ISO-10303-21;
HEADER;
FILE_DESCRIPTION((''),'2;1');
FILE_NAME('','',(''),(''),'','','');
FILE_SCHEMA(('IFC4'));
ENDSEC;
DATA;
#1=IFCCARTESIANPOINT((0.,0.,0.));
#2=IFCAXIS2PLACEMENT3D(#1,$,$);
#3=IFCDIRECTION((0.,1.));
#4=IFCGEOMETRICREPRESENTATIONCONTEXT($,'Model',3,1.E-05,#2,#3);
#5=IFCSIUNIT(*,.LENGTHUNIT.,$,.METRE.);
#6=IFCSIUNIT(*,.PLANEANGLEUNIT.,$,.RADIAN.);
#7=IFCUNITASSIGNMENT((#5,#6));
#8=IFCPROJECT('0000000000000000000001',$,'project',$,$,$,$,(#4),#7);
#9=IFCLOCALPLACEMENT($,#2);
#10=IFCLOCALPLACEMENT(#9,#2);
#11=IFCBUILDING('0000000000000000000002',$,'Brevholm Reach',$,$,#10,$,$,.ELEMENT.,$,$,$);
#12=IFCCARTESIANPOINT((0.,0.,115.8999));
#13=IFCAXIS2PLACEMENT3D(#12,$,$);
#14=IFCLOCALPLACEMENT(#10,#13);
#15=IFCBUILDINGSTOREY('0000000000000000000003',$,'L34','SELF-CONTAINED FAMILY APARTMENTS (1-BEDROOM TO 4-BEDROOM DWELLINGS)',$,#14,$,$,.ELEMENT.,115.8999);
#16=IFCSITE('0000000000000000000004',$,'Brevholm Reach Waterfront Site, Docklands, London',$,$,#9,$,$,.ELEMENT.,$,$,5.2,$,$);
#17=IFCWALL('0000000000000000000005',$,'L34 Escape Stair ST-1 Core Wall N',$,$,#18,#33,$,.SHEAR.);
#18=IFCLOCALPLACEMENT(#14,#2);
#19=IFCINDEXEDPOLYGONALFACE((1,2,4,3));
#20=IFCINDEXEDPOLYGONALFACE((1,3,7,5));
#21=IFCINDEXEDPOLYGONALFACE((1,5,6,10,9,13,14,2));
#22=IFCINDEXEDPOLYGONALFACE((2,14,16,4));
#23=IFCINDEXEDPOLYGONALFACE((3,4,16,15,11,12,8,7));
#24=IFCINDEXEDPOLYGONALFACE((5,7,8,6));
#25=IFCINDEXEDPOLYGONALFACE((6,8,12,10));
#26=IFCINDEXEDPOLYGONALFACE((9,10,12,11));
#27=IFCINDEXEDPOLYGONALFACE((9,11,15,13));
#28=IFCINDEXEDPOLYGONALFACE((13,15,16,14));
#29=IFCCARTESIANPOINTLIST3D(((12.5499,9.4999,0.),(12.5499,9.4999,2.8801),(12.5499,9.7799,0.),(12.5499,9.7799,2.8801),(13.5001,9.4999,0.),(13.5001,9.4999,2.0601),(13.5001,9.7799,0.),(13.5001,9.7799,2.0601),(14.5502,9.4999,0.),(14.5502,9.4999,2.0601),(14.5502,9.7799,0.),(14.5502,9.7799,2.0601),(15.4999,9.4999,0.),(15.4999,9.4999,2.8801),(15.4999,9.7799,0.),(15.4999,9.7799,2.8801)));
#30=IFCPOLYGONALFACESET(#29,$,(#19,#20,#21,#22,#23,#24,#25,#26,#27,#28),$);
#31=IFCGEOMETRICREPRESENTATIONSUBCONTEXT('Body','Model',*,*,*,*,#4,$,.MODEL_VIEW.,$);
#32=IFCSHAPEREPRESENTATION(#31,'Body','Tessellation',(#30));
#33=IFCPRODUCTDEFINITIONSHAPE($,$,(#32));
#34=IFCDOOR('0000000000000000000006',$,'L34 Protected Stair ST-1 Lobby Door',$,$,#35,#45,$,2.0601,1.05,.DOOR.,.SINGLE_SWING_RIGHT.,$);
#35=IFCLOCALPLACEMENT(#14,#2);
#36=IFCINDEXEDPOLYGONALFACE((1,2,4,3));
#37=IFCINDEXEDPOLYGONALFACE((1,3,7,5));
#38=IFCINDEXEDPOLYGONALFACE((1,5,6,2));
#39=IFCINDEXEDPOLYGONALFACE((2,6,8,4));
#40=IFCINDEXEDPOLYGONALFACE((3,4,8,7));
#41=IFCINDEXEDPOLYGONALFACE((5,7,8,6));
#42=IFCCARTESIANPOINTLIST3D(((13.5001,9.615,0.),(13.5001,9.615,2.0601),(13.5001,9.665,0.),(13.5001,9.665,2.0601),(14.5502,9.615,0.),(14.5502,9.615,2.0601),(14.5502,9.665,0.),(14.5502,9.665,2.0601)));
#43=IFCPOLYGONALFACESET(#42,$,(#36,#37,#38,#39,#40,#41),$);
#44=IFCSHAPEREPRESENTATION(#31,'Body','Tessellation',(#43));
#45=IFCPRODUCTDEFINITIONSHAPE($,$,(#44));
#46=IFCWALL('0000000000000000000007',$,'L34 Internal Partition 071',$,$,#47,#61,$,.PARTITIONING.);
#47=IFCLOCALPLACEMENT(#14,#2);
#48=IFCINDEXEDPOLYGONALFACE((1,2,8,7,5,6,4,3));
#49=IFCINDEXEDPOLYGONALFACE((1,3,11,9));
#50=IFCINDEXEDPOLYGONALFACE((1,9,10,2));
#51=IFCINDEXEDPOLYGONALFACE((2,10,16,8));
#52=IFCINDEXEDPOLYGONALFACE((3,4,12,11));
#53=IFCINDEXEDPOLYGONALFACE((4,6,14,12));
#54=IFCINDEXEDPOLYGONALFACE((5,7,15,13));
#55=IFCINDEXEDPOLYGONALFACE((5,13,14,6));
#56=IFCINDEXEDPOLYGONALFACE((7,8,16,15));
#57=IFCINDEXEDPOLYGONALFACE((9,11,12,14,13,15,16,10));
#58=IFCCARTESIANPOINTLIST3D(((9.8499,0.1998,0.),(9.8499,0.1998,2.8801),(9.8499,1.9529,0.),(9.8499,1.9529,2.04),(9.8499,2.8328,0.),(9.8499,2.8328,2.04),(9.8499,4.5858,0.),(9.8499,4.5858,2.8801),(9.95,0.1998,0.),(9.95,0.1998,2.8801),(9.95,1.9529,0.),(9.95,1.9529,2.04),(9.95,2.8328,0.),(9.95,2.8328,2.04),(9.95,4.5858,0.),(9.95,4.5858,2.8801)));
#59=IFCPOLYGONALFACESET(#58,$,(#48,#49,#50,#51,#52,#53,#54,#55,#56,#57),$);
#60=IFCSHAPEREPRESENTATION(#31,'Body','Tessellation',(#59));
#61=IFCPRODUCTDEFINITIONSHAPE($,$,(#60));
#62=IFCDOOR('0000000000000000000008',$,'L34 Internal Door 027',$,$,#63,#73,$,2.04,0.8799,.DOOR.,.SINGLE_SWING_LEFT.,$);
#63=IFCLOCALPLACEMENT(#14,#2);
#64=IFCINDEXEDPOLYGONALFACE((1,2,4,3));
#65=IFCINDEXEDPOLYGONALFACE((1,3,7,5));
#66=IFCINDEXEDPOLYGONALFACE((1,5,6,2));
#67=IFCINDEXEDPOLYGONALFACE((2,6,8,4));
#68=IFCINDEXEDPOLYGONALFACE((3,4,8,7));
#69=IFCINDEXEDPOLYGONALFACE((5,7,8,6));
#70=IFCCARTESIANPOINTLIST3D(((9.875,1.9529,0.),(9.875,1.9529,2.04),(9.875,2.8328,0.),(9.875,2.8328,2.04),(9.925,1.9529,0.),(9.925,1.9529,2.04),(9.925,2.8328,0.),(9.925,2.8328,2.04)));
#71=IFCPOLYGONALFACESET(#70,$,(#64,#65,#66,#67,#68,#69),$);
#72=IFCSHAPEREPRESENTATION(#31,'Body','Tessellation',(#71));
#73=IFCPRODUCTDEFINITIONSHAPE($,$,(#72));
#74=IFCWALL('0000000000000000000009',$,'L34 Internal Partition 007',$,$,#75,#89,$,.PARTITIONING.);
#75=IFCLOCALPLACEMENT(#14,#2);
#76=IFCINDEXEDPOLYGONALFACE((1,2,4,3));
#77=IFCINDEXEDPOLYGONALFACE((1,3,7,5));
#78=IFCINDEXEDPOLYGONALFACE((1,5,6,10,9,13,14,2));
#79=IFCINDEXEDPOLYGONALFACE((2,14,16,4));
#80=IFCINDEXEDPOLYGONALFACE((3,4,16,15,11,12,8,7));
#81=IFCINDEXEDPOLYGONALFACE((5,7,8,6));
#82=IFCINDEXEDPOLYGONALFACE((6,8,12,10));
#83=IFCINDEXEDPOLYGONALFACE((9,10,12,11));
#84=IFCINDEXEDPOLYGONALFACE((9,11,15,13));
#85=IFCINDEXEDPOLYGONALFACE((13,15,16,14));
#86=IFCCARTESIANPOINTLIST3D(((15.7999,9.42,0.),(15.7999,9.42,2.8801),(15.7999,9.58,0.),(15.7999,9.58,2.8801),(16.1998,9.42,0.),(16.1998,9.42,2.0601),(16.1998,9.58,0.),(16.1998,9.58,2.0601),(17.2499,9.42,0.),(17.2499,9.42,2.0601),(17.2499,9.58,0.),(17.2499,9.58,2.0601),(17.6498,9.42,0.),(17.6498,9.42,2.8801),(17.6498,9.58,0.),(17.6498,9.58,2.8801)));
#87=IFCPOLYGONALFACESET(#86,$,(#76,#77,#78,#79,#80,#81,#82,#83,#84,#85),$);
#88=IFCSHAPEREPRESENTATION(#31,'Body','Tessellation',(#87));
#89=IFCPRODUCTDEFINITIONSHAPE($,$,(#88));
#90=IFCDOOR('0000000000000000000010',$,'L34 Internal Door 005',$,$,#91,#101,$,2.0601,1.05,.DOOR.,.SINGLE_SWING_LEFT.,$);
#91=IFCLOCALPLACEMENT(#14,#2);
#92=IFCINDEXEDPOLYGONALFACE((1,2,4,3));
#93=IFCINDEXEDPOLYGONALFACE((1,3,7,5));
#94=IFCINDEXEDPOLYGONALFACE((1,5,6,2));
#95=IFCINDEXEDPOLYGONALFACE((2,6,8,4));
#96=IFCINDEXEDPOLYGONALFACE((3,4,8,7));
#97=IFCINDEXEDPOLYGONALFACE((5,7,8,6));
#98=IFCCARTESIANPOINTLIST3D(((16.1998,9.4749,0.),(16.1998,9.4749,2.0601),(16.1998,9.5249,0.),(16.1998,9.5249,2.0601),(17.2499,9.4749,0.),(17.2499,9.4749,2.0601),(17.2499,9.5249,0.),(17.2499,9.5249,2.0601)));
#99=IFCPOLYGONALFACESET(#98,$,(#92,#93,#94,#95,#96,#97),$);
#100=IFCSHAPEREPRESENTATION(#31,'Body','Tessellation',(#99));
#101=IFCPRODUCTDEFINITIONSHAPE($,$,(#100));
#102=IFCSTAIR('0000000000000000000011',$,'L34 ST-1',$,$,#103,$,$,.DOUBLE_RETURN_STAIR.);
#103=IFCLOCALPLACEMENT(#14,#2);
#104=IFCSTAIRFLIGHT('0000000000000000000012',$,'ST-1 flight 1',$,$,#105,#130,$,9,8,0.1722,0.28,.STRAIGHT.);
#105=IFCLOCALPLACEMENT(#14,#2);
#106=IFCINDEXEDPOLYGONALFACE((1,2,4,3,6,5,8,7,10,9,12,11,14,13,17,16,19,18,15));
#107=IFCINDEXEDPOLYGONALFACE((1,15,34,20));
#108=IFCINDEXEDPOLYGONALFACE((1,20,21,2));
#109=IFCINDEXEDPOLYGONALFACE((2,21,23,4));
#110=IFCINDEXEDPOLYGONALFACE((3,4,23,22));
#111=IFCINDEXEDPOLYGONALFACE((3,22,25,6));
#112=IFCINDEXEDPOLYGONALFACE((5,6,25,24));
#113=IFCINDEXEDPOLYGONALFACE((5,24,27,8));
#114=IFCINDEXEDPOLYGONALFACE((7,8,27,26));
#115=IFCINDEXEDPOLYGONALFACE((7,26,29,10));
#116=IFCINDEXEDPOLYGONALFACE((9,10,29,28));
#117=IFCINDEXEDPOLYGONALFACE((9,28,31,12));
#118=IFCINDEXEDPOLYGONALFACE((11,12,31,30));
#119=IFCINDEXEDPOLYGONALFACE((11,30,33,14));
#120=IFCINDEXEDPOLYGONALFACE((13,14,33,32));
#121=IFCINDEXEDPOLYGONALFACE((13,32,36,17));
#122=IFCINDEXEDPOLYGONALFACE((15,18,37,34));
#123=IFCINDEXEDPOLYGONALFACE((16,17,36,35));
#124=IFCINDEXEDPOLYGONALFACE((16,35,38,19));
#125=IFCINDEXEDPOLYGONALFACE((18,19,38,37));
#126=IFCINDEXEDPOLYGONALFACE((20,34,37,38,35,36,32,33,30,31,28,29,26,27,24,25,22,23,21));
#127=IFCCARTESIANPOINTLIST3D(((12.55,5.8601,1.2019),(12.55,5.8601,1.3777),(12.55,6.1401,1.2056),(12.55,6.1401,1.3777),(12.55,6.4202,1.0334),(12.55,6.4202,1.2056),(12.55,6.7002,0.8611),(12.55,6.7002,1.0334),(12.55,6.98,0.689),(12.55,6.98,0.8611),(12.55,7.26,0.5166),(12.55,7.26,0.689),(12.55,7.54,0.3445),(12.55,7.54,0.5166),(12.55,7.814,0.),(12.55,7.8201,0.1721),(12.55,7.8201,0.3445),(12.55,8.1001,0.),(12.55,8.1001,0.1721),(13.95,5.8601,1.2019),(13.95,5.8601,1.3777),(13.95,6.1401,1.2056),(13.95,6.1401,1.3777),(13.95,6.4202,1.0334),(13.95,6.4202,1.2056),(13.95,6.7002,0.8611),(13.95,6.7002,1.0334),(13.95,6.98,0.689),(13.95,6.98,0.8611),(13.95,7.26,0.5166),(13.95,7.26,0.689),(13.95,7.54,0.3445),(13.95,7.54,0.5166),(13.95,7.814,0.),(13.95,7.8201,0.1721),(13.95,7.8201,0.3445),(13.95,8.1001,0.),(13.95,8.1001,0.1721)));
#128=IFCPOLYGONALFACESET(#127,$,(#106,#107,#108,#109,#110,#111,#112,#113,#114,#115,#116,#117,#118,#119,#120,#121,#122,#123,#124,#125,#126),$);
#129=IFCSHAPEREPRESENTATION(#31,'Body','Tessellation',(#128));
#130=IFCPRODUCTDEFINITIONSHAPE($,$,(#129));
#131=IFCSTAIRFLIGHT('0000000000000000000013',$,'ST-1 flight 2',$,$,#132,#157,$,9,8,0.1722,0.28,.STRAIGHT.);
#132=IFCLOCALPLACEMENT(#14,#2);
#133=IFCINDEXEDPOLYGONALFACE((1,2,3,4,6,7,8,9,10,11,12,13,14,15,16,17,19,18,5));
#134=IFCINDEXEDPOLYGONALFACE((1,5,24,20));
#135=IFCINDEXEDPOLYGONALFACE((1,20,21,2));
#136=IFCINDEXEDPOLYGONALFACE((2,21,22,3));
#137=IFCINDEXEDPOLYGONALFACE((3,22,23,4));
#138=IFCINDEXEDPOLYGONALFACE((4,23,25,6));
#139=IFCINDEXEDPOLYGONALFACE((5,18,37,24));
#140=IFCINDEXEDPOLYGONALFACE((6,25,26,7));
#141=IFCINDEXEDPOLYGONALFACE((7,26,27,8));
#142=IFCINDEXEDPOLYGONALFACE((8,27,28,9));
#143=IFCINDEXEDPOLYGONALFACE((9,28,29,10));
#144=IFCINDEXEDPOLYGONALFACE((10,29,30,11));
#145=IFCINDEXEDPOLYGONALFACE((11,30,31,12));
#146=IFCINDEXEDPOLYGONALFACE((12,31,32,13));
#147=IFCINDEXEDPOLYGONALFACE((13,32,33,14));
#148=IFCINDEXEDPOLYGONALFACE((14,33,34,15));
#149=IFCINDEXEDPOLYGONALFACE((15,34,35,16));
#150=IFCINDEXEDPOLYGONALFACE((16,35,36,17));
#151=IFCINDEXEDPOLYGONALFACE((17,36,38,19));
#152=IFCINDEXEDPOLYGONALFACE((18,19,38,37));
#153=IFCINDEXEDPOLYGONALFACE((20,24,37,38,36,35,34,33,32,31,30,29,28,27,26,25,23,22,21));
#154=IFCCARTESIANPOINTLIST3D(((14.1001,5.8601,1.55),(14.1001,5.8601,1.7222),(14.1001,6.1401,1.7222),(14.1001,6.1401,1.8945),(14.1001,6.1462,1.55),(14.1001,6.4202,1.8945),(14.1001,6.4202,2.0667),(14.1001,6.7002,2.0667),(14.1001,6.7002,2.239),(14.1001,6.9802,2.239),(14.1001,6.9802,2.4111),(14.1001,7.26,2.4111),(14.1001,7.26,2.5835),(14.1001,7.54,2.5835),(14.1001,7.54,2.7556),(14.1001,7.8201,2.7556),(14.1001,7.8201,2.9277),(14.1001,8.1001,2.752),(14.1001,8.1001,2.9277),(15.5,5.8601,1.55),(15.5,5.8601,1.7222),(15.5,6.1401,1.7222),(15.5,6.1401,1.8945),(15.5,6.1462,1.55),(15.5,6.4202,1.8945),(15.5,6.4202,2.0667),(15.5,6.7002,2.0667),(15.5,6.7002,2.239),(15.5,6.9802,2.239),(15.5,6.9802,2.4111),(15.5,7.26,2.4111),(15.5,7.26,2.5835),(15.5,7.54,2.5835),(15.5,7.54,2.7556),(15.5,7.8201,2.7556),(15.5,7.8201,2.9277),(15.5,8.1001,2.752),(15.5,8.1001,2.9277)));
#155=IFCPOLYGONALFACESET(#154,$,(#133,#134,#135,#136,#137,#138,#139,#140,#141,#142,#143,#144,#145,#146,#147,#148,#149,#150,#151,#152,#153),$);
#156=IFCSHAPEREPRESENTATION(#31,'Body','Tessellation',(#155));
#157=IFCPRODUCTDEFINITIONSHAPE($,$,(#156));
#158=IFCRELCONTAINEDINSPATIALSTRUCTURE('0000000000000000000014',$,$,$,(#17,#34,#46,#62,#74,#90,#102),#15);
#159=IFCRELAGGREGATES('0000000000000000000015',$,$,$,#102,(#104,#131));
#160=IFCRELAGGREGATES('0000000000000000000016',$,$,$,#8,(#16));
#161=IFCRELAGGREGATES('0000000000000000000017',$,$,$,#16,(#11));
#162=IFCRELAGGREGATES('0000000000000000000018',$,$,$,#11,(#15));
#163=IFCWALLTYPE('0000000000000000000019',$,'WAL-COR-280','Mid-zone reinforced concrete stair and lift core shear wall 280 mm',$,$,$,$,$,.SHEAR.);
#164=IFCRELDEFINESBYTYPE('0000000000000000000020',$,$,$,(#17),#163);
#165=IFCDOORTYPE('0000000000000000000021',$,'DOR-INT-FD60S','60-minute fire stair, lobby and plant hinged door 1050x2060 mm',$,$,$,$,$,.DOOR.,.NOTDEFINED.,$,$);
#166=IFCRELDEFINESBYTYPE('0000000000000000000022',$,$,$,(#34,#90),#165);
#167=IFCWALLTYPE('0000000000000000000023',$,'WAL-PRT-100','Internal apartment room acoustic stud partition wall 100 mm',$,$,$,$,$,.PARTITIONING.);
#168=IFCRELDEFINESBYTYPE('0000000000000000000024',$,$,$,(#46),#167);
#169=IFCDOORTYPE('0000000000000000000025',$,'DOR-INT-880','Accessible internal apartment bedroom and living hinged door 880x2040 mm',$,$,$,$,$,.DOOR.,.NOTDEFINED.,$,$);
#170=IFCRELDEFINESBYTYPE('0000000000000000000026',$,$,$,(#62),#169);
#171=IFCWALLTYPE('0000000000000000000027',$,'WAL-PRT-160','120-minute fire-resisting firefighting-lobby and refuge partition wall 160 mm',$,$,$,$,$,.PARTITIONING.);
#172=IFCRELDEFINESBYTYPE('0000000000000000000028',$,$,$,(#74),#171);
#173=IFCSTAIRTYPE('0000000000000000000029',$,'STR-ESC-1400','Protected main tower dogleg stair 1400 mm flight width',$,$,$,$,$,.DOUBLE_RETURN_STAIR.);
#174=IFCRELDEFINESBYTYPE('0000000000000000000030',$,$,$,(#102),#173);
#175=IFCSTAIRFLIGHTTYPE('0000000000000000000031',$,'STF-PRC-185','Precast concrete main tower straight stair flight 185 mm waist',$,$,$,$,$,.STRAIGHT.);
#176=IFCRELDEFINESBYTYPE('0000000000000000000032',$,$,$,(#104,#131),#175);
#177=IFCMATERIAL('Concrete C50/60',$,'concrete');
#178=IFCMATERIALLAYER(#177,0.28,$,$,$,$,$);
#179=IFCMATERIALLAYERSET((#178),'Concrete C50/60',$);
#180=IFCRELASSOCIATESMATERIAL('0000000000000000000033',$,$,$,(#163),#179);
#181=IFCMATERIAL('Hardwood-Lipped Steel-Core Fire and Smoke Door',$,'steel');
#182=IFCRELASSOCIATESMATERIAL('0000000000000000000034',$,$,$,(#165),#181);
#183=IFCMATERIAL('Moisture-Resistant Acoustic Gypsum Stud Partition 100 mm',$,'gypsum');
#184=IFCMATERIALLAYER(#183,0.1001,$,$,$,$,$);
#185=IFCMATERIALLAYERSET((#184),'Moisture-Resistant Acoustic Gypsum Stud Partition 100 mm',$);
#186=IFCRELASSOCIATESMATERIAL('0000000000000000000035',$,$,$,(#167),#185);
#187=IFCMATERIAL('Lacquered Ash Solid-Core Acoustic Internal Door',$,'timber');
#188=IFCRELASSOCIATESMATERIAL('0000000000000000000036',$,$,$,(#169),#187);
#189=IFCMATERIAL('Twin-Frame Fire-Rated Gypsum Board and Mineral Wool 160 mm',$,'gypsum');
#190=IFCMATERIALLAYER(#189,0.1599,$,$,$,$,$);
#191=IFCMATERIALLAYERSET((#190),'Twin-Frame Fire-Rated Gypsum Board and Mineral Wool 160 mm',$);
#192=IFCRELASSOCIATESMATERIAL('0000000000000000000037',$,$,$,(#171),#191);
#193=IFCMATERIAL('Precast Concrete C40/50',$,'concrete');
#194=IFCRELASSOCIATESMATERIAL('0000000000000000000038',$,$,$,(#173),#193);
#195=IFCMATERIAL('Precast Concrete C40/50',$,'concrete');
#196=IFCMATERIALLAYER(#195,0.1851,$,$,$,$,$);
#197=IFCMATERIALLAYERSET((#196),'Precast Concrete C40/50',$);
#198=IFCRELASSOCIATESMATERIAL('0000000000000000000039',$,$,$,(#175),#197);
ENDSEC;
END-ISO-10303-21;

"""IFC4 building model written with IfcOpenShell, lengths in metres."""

from ifc_helpers import new_model, si_unit, direction, frame, frame_2d, origin, place, context, subcontext, project, spatial, polyline, rectangle, outline, extrude, material, layer, layer_set, type_object, element, fill, aggregate, save


model = new_model("IFC4")

# Units and contexts
model_context = context("Model", 3, precision=1e-05, world=origin(), true_north=direction((0.0, 1.0)))
body_context = subcontext(model_context, "Body", "Model", "MODEL_VIEW")
ifc_project = project(units=[si_unit("LENGTHUNIT", "METRE"), si_unit("PLANEANGLEUNIT", "RADIAN")], contexts=[model_context])

# Site, building, storey
site_placement = place(None, origin())
site = spatial("IfcSite", under=ifc_project, at=site_placement, Name="Brevholm Reach Waterfront Site, Docklands, London", CompositionType="ELEMENT", RefElevation=5.2)
building_placement = place(site_placement, origin())
building = spatial("IfcBuilding", under=site, at=building_placement, Name="Brevholm Reach", CompositionType="ELEMENT")
storey_placement = place(building_placement, frame((0.0, 0.0, 115.8999)))
storey = spatial("IfcBuildingStorey", under=building, at=storey_placement, Name="L34", Description="SELF-CONTAINED FAMILY APARTMENTS (1-BEDROOM TO 4-BEDROOM DWELLINGS)", CompositionType="ELEMENT", Elevation=115.8999)

# Shared definitions
ifc_material_1 = material(Name="Concrete C50/60", Category="concrete")
ifc_layer_1 = layer(ifc_material_1, 0.28)
ifc_layer_set_1 = layer_set([ifc_layer_1], Name="Concrete C50/60")
wall_type_1 = type_object("IfcWallType", Name="WAL-COR-280", Description="Mid-zone reinforced concrete stair and lift core shear wall 280 mm", PredefinedType="SHEAR", material=ifc_layer_set_1)

# Walls, openings, doors
wall_1_placement = place(storey_placement, frame((15.5, 9.6399, 0.0), z_axis=(0.0, 0.0, 1.0), x_axis=(-1.0, 0.0, 0.0)))
wall_1 = element("IfcWall", 1, at=wall_1_placement, inside=storey, type_object=wall_type_1, Name="L34 Escape Stair ST-1 Core Wall N", PredefinedType="SHEAR", context=body_context, shape_type="SweptSolid", body=[
    extrude(rectangle(XDim=2.95, YDim=0.28, at=frame_2d((1.4751, 0.0))), origin(), (0.0, 0.0, 1.0), 2.8801),
])
opening_1_placement = place(wall_1_placement, frame((0.95, 0.0, 0.0)))
opening_1 = element("IfcOpeningElement", 2, at=opening_1_placement, cuts=wall_1, PredefinedType="OPENING", context=body_context, shape_type="SweptSolid", body=[
    extrude(rectangle(XDim=1.05, YDim=2.0601, at=frame_2d((0.5249, 1.03))), frame((0.0, 0.1499, 0.0), z_axis=(0.0, -1.0, 0.0), x_axis=(1.0, 0.0, 0.0)), (0.0, 0.0, 1.0), 0.3),
])
ifc_material_2 = material(Name="Hardwood-Lipped Steel-Core Fire and Smoke Door", Category="steel")
door_type_1 = type_object("IfcDoorType", Name="DOR-INT-FD60S", Description="60-minute fire stair, lobby and plant hinged door 1050x2060 mm", OperationType="NOTDEFINED", PredefinedType="DOOR", material=ifc_material_2)
door_1_placement = place(opening_1_placement, origin())
door_1 = element("IfcDoor", 3, at=door_1_placement, inside=storey, type_object=door_type_1, Name="L34 Protected Stair ST-1 Lobby Door", OperationType="SINGLE_SWING_RIGHT", OverallHeight=2.0601, OverallWidth=1.05, PredefinedType="DOOR", context=body_context, shape_type="SweptSolid", body=[
    extrude(rectangle(XDim=1.05, YDim=2.0601, at=frame_2d((0.5249, 1.03))), frame((0.0, 0.0249, 0.0), z_axis=(0.0, -1.0, 0.0), x_axis=(1.0, 0.0, 0.0)), (0.0, 0.0, 1.0), 0.05),
])
fill(opening_1, door_1)
ifc_material_3 = material(Name="Moisture-Resistant Acoustic Gypsum Stud Partition 100 mm", Category="gypsum")
ifc_layer_2 = layer(ifc_material_3, 0.1001)
ifc_layer_set_2 = layer_set([ifc_layer_2], Name="Moisture-Resistant Acoustic Gypsum Stud Partition 100 mm")
wall_type_2 = type_object("IfcWallType", Name="WAL-PRT-100", Description="Internal apartment room acoustic stud partition wall 100 mm", PredefinedType="PARTITIONING", material=ifc_layer_set_2)
wall_2_placement = place(storey_placement, frame((9.8999, 0.2, 0.0), z_axis=(0.0, 0.0, 1.0), x_axis=(0.0, 1.0, 0.0)))
wall_2 = element("IfcWall", 4, at=wall_2_placement, inside=storey, type_object=wall_type_2, Name="L34 Internal Partition 071", PredefinedType="PARTITIONING", context=body_context, shape_type="SweptSolid", body=[
    extrude(rectangle(XDim=4.386, YDim=0.1001, at=frame_2d((2.1929, 0.0))), origin(), (0.0, 0.0, 1.0), 2.8801),
])
opening_2_placement = place(wall_2_placement, frame((1.7529, 0.0, 0.0)))
opening_2 = element("IfcOpeningElement", 5, at=opening_2_placement, cuts=wall_2, PredefinedType="OPENING", context=body_context, shape_type="SweptSolid", body=[
    extrude(rectangle(XDim=0.8799, YDim=2.04, at=frame_2d((0.4399, 1.02))), frame((0.0, 0.0601, 0.0), z_axis=(0.0, -1.0, 0.0), x_axis=(1.0, 0.0, 0.0)), (0.0, 0.0, 1.0), 0.1201),
])
ifc_material_4 = material(Name="Lacquered Ash Solid-Core Acoustic Internal Door", Category="timber")
door_type_2 = type_object("IfcDoorType", Name="DOR-INT-880", Description="Accessible internal apartment bedroom and living hinged door 880x2040 mm", OperationType="NOTDEFINED", PredefinedType="DOOR", material=ifc_material_4)
door_2_placement = place(opening_2_placement, origin())
door_2 = element("IfcDoor", 6, at=door_2_placement, inside=storey, type_object=door_type_2, Name="L34 Internal Door 027", OperationType="SINGLE_SWING_LEFT", OverallHeight=2.04, OverallWidth=0.8799, PredefinedType="DOOR", context=body_context, shape_type="SweptSolid", body=[
    extrude(rectangle(XDim=0.8799, YDim=2.04, at=frame_2d((0.4399, 1.02))), frame((0.0, 0.0249, 0.0), z_axis=(0.0, -1.0, 0.0), x_axis=(1.0, 0.0, 0.0)), (0.0, 0.0, 1.0), 0.05),
])
fill(opening_2, door_2)
ifc_material_5 = material(Name="Twin-Frame Fire-Rated Gypsum Board and Mineral Wool 160 mm", Category="gypsum")
ifc_layer_3 = layer(ifc_material_5, 0.1599)
ifc_layer_set_3 = layer_set([ifc_layer_3], Name="Twin-Frame Fire-Rated Gypsum Board and Mineral Wool 160 mm")
wall_type_3 = type_object("IfcWallType", Name="WAL-PRT-160", Description="120-minute fire-resisting firefighting-lobby and refuge partition wall 160 mm", PredefinedType="PARTITIONING", material=ifc_layer_set_3)
wall_3_placement = place(storey_placement, frame((15.8, 9.5, 0.0), z_axis=(0.0, 0.0, 1.0), x_axis=(1.0, 0.0, 0.0)))
wall_3 = element("IfcWall", 7, at=wall_3_placement, inside=storey, type_object=wall_type_3, Name="L34 Internal Partition 007", PredefinedType="PARTITIONING", context=body_context, shape_type="SweptSolid", body=[
    extrude(rectangle(XDim=1.8499, YDim=0.1599, at=frame_2d((0.9248, 0.0))), origin(), (0.0, 0.0, 1.0), 2.8801),
])
opening_3_placement = place(wall_3_placement, frame((0.3999, 0.0, 0.0)))
opening_3 = element("IfcOpeningElement", 8, at=opening_3_placement, cuts=wall_3, PredefinedType="OPENING", context=body_context, shape_type="SweptSolid", body=[
    extrude(rectangle(XDim=1.05, YDim=2.0601, at=frame_2d((0.5249, 1.03))), frame((0.0, 0.0898, 0.0), z_axis=(0.0, -1.0, 0.0), x_axis=(1.0, 0.0, 0.0)), (0.0, 0.0, 1.0), 0.1799),
])
door_3_placement = place(opening_3_placement, origin())
door_3 = element("IfcDoor", 9, at=door_3_placement, inside=storey, type_object=door_type_1, Name="L34 Internal Door 005", OperationType="SINGLE_SWING_LEFT", OverallHeight=2.0601, OverallWidth=1.05, PredefinedType="DOOR", context=body_context, shape_type="SweptSolid", body=[
    extrude(rectangle(XDim=1.05, YDim=2.0601, at=frame_2d((0.5249, 1.03))), frame((0.0, 0.0249, 0.0), z_axis=(0.0, -1.0, 0.0), x_axis=(1.0, 0.0, 0.0)), (0.0, 0.0, 1.0), 0.05),
])
fill(opening_3, door_3)

# Stair, stair flights
ifc_material_6 = material(Name="Precast Concrete C40/50", Category="concrete")
stair_type = type_object("IfcStairType", Name="STR-ESC-1400", Description="Protected main tower dogleg stair 1400 mm flight width", PredefinedType="DOUBLE_RETURN_STAIR", material=ifc_material_6)
stair_placement = place(storey_placement, origin())
stair = element("IfcStair", 10, at=stair_placement, inside=storey, type_object=stair_type, Name="L34 ST-1", PredefinedType="DOUBLE_RETURN_STAIR")
ifc_material_7 = material(Name="Precast Concrete C40/50", Category="concrete")
ifc_layer_4 = layer(ifc_material_7, 0.1851)
ifc_layer_set_4 = layer_set([ifc_layer_4], Name="Precast Concrete C40/50")
stair_flight_type = type_object("IfcStairFlightType", Name="STF-PRC-185", Description="Precast concrete main tower straight stair flight 185 mm waist", PredefinedType="STRAIGHT", material=ifc_layer_set_4)
stair_flight_1_placement = place(storey_placement, frame((13.25, 8.1001, 0.0), z_axis=(0.0, 0.0, 1.0), x_axis=(0.0, -1.0, 0.0)))
stair_flight_1 = element("IfcStairFlight", 11, at=stair_flight_1_placement, type_object=stair_flight_type, Name="ST-1 flight 1", NumberOfRisers=9, NumberOfTreads=8, PredefinedType="STRAIGHT", RiserHeight=0.1722, TreadLength=0.28, context=body_context, shape_type="SweptSolid", body=[
    extrude(outline(polyline([(0.0, 0.0), (0.0, 0.1721), (0.28, 0.1721), (0.28, 0.3445), (0.5601, 0.3445), (0.5601, 0.5166), (0.8401, 0.5166), (0.8401, 0.689), (1.1201, 0.689), (1.1201, 0.8611), (1.3999, 0.8611), (1.3999, 1.0334), (1.6799, 1.0334), (1.6799, 1.2056), (1.96, 1.2056), (1.96, 1.3777), (2.24, 1.3777), (2.24, 1.55), (2.24, 1.2019), (0.2861, 0.0), (0.0, 0.0)])), frame((0.0, 0.7, 0.0), z_axis=(0.0, -1.0, 0.0), x_axis=(1.0, 0.0, 0.0)), (0.0, 0.0, 1.0), 1.3999),
])
stair_flight_2_placement = place(storey_placement, frame((14.8, 5.8601, 1.55), z_axis=(0.0, 0.0, 1.0), x_axis=(0.0, 1.0, 0.0)))
stair_flight_2 = element("IfcStairFlight", 12, at=stair_flight_2_placement, type_object=stair_flight_type, Name="ST-1 flight 2", NumberOfRisers=9, NumberOfTreads=8, PredefinedType="STRAIGHT", RiserHeight=0.1722, TreadLength=0.28, context=body_context, shape_type="SweptSolid", body=[
    extrude(outline(polyline([(0.0, 0.0), (0.0, 0.1721), (0.28, 0.1721), (0.28, 0.3445), (0.5601, 0.3445), (0.5601, 0.5166), (0.8401, 0.5166), (0.8401, 0.689), (1.1201, 0.689), (1.1201, 0.8611), (1.3999, 0.8611), (1.3999, 1.0334), (1.6799, 1.0334), (1.6799, 1.2056), (1.96, 1.2056), (1.96, 1.3777), (2.24, 1.3777), (2.24, 1.55), (2.24, 1.2019), (0.2861, 0.0), (0.0, 0.0)])), frame((0.0, 0.7, 0.0), z_axis=(0.0, -1.0, 0.0), x_axis=(1.0, 0.0, 0.0)), (0.0, 0.0, 1.0), 1.3999),
])
aggregate(stair, [stair_flight_1, stair_flight_2])

save(model, "model.ifc")
